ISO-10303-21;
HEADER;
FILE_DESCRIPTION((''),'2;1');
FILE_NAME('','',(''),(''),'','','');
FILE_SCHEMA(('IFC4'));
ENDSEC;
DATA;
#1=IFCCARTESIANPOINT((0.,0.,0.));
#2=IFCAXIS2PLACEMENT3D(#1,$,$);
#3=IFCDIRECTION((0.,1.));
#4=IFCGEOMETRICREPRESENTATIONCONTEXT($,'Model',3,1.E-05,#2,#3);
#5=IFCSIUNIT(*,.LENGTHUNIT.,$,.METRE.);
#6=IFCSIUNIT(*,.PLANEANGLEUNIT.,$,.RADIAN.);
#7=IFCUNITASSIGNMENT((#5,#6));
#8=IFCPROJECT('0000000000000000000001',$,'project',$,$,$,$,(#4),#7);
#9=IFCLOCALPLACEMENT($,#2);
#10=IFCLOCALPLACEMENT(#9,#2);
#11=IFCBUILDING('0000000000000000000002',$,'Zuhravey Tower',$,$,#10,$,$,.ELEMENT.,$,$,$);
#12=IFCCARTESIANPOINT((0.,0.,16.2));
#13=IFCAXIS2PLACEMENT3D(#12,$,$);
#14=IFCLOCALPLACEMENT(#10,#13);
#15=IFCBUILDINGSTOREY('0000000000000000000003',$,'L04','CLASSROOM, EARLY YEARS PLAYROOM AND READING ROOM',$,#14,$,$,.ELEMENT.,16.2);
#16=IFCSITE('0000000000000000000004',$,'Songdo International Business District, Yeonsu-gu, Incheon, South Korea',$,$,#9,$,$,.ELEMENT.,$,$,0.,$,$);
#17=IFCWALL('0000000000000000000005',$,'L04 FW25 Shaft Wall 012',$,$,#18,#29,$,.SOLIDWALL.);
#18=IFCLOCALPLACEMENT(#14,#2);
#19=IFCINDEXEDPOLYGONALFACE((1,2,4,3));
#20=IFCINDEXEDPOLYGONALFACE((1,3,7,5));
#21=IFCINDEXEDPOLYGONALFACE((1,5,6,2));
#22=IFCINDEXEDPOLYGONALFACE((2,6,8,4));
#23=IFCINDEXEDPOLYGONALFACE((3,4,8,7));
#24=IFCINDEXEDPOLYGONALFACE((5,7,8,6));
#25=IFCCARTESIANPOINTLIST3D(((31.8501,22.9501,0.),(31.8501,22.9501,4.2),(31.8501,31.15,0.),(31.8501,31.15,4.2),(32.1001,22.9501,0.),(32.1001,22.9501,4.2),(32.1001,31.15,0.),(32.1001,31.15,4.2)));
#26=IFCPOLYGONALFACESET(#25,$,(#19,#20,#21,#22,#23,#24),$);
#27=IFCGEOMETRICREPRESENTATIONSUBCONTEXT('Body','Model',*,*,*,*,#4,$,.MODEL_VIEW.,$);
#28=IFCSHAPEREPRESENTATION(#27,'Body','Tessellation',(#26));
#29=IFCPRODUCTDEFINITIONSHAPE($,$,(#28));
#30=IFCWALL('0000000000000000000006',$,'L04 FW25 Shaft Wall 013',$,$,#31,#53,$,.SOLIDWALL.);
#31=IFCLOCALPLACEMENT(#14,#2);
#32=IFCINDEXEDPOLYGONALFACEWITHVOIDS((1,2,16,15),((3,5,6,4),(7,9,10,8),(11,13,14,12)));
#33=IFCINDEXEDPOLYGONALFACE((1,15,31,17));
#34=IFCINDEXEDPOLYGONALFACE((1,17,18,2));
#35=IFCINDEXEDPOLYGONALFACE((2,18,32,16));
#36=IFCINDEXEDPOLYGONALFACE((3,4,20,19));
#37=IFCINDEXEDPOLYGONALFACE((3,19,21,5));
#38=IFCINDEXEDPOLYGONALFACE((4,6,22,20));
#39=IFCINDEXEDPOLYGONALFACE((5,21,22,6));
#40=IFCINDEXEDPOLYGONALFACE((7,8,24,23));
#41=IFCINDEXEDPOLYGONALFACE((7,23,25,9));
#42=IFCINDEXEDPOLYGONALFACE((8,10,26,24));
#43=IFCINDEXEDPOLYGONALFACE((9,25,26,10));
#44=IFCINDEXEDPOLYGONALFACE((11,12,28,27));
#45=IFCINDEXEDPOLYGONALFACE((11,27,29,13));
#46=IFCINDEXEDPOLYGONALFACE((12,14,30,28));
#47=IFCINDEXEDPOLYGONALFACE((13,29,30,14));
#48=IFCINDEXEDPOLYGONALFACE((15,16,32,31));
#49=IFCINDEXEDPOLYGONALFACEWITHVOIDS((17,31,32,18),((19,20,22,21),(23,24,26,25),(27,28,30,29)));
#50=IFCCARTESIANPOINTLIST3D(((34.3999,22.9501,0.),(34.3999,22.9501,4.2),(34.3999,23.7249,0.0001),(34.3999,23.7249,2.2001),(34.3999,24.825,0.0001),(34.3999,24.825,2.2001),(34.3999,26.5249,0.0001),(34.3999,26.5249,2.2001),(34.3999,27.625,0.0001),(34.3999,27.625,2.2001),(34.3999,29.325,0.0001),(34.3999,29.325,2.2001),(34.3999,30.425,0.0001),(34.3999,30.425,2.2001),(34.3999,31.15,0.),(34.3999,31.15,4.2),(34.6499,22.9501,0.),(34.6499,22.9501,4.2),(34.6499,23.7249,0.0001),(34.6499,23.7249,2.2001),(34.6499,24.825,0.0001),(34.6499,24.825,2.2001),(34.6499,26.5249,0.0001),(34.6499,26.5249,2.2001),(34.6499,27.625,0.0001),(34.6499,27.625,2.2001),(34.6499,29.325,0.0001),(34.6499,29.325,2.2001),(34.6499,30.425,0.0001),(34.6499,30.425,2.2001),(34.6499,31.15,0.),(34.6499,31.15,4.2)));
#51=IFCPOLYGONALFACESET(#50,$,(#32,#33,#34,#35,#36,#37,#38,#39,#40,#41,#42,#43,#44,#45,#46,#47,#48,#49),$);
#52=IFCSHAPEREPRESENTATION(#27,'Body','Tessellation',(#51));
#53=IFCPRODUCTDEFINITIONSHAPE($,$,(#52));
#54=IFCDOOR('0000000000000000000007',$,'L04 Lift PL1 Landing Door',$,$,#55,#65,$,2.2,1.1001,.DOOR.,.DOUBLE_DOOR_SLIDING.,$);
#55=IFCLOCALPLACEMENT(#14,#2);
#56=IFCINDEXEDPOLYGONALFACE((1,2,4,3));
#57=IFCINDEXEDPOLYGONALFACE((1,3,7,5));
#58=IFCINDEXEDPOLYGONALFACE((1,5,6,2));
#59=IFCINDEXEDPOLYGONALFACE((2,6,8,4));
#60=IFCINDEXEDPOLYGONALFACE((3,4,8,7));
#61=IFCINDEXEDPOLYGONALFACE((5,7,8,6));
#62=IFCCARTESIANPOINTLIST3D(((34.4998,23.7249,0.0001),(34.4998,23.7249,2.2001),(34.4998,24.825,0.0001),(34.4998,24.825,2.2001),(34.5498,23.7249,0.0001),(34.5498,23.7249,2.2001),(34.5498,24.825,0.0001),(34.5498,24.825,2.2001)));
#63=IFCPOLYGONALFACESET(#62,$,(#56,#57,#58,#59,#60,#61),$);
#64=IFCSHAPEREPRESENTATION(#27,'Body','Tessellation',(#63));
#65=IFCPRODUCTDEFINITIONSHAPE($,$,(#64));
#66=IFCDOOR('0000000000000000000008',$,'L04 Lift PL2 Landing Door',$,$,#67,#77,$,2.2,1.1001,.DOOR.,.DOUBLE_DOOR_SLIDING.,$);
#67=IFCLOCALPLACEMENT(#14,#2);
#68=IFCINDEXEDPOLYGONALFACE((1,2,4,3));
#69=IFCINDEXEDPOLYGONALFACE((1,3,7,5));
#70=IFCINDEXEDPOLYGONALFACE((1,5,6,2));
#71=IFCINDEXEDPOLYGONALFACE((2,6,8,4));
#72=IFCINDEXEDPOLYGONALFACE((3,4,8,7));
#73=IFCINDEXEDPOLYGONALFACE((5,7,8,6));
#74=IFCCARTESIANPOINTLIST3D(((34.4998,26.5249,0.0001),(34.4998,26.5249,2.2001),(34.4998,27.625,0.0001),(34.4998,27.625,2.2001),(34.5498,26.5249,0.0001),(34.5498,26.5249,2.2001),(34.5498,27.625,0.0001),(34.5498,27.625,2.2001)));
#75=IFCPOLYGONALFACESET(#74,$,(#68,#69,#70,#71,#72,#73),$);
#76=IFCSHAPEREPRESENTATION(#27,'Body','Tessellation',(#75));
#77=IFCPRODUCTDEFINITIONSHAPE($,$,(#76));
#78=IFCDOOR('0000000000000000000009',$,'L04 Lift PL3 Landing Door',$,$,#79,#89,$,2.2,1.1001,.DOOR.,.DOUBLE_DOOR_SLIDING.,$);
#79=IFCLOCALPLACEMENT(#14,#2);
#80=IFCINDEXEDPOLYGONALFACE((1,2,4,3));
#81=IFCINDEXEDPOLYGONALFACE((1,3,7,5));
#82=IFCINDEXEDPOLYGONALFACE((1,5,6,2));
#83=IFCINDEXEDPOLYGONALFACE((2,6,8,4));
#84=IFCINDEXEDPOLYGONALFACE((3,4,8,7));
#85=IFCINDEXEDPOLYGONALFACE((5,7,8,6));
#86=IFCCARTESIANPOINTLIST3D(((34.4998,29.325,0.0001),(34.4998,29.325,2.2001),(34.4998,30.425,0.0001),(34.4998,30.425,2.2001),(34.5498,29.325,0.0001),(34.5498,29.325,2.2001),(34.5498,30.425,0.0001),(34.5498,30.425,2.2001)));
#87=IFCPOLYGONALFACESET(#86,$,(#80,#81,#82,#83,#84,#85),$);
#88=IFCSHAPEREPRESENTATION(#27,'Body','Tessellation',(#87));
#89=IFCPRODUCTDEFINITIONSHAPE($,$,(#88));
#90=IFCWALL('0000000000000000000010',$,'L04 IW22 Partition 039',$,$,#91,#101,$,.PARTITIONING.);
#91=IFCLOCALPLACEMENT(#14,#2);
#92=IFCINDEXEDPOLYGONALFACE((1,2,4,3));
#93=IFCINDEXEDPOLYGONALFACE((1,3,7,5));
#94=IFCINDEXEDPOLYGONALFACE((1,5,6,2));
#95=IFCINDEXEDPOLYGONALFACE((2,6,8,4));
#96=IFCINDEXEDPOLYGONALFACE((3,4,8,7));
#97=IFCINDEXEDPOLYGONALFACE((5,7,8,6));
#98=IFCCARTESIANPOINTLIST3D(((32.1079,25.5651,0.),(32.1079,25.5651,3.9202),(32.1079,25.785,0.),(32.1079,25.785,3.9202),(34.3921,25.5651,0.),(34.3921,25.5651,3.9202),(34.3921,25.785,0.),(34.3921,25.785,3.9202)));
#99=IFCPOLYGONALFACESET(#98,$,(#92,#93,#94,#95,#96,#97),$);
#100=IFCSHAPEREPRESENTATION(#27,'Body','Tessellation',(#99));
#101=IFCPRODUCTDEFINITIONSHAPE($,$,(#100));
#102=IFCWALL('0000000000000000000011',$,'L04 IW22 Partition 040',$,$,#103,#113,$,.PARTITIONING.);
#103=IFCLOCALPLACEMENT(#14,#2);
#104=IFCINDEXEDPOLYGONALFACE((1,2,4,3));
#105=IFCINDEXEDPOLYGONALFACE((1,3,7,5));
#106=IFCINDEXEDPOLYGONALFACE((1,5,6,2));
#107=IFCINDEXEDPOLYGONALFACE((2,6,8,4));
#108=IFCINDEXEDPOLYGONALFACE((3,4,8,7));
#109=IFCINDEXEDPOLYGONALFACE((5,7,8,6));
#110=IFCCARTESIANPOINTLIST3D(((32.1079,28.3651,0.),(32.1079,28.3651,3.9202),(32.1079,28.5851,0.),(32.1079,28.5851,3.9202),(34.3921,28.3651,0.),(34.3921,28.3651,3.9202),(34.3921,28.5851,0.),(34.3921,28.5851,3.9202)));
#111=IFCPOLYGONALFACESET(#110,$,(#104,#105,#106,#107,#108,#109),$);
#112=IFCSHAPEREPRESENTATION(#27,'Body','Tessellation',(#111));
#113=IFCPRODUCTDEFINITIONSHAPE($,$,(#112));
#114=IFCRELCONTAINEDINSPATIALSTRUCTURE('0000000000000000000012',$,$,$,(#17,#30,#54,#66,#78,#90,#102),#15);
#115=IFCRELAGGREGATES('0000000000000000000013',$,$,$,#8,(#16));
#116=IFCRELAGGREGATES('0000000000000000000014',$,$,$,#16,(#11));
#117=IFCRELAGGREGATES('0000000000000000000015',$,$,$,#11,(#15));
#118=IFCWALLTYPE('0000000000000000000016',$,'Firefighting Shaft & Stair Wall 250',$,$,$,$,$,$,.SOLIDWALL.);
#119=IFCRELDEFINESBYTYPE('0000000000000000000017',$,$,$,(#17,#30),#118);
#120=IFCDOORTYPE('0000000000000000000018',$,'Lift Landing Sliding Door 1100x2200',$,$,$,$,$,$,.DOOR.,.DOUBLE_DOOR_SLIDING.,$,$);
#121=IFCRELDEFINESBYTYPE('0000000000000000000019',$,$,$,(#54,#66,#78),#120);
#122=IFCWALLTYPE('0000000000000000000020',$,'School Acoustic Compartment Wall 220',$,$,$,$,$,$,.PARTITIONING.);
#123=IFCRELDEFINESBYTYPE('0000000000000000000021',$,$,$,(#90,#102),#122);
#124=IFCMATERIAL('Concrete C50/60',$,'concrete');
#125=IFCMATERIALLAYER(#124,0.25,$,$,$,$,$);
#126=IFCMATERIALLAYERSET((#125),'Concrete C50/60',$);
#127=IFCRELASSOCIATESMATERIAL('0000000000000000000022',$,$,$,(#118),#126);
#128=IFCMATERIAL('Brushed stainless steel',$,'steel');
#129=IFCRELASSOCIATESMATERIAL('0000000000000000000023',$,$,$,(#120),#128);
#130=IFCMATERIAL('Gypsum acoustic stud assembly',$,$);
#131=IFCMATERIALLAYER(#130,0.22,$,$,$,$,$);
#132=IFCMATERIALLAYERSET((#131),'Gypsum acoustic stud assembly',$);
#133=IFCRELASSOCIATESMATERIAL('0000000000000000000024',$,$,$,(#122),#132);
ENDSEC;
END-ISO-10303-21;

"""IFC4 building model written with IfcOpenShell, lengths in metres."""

from ifc_helpers import new_model, si_unit, direction, frame, frame_2d, origin, place, context, subcontext, project, spatial, rectangle, extrude, material, layer, layer_set, type_object, element, fill, save


model = new_model("IFC4")

# Units and contexts
model_context = context("Model", 3, precision=1e-05, world=origin(), true_north=direction((0.0, 1.0)))
body_context = subcontext(model_context, "Body", "Model", "MODEL_VIEW")
ifc_project = project(units=[si_unit("LENGTHUNIT", "METRE"), si_unit("PLANEANGLEUNIT", "RADIAN")], contexts=[model_context])

# Site, building, storey
site_placement = place(None, origin())
site = spatial("IfcSite", under=ifc_project, at=site_placement, Name="Songdo International Business District, Yeonsu-gu, Incheon, South Korea", CompositionType="ELEMENT", RefElevation=0.0)
building_placement = place(site_placement, origin())
building = spatial("IfcBuilding", under=site, at=building_placement, Name="Zuhravey Tower", CompositionType="ELEMENT")
storey_placement = place(building_placement, frame((0.0, 0.0, 16.2)))
storey = spatial("IfcBuildingStorey", under=building, at=storey_placement, Name="L04", Description="CLASSROOM, EARLY YEARS PLAYROOM AND READING ROOM", CompositionType="ELEMENT", Elevation=16.2)

# Shared definitions
ifc_material_1 = material(Name="Concrete C50/60", Category="concrete")
ifc_layer_1 = layer(ifc_material_1, 0.25)
ifc_layer_set_1 = layer_set([ifc_layer_1], Name="Concrete C50/60")
wall_type_1 = type_object("IfcWallType", Name="Firefighting Shaft & Stair Wall 250", PredefinedType="SOLIDWALL", material=ifc_layer_set_1)

# Shared definitions
ifc_material_2 = material(Name="Brushed stainless steel", Category="steel")

# Wall
wall_1_placement = place(storey_placement, frame((31.9751, 22.95, 0.0), z_axis=(0.0, 0.0, 1.0), x_axis=(0.0, 1.0, 0.0)))
element("IfcWall", 1, at=wall_1_placement, inside=storey, type_object=wall_type_1, Name="L04 FW25 Shaft Wall 012", PredefinedType="SOLIDWALL", context=body_context, shape_type="SweptSolid", body=[
    extrude(rectangle(XDim=8.2, YDim=0.25, at=frame_2d((4.1001, 0.0))), origin(), (0.0, 0.0, 1.0), 4.2),
])

# Wall, openings, doors
wall_2_placement = place(storey_placement, frame((34.5249, 22.95, 0.0), z_axis=(0.0, 0.0, 1.0), x_axis=(0.0, 1.0, 0.0)))
wall_2 = element("IfcWall", 2, at=wall_2_placement, inside=storey, type_object=wall_type_1, Name="L04 FW25 Shaft Wall 013", PredefinedType="SOLIDWALL", context=body_context, shape_type="SweptSolid", body=[
    extrude(rectangle(XDim=8.2, YDim=0.25, at=frame_2d((4.1001, 0.0))), origin(), (0.0, 0.0, 1.0), 4.2),
])
opening_1_placement = place(wall_2_placement, frame((0.7749, 0.0, 0.0)))
opening_1 = element("IfcOpeningElement", 3, at=opening_1_placement, cuts=wall_2, PredefinedType="OPENING", context=body_context, shape_type="SweptSolid", body=[
    extrude(rectangle(XDim=1.1001, YDim=2.2, at=frame_2d((0.55, 1.1001))), frame((0.0, 0.137, 0.0), z_axis=(0.0, -1.0, 0.0), x_axis=(1.0, 0.0, 0.0)), (0.0, 0.0, 1.0), 0.2739),
])
opening_2_placement = place(wall_2_placement, frame((3.575, 0.0, 0.0)))
opening_2 = element("IfcOpeningElement", 4, at=opening_2_placement, cuts=wall_2, PredefinedType="OPENING", context=body_context, shape_type="SweptSolid", body=[
    extrude(rectangle(XDim=1.1001, YDim=2.2, at=frame_2d((0.55, 1.1001))), frame((0.0, 0.137, 0.0), z_axis=(0.0, -1.0, 0.0), x_axis=(1.0, 0.0, 0.0)), (0.0, 0.0, 1.0), 0.2739),
])
opening_3_placement = place(wall_2_placement, frame((6.375, 0.0, 0.0)))
opening_3 = element("IfcOpeningElement", 5, at=opening_3_placement, cuts=wall_2, PredefinedType="OPENING", context=body_context, shape_type="SweptSolid", body=[
    extrude(rectangle(XDim=1.1001, YDim=2.2, at=frame_2d((0.55, 1.1001))), frame((0.0, 0.137, 0.0), z_axis=(0.0, -1.0, 0.0), x_axis=(1.0, 0.0, 0.0)), (0.0, 0.0, 1.0), 0.2739),
])
door_type_1 = type_object("IfcDoorType", Name="Lift Landing Sliding Door 1100x2200", OperationType="DOUBLE_DOOR_SLIDING", PredefinedType="DOOR", material=ifc_material_2)
door_1_placement = place(opening_1_placement, frame((1.1001, 0.0, 0.0), z_axis=(0.0, 0.0, 1.0), x_axis=(-1.0, 0.0, 0.0)))
door_1 = element("IfcDoor", 6, at=door_1_placement, inside=storey, type_object=door_type_1, Name="L04 Lift PL1 Landing Door", OperationType="DOUBLE_DOOR_SLIDING", OverallHeight=2.2, OverallWidth=1.1001, PredefinedType="DOOR", context=body_context, shape_type="SweptSolid", body=[
    extrude(rectangle(XDim=1.1001, YDim=2.2, at=frame_2d((0.55, 1.1001))), frame((0.0, 0.0249, 0.0), z_axis=(0.0, -1.0, 0.0), x_axis=(1.0, 0.0, 0.0)), (0.0, 0.0, 1.0), 0.05),
])
fill(opening_1, door_1)
door_2_placement = place(opening_2_placement, frame((1.1001, 0.0, 0.0), z_axis=(0.0, 0.0, 1.0), x_axis=(-1.0, 0.0, 0.0)))
door_2 = element("IfcDoor", 7, at=door_2_placement, inside=storey, type_object=door_type_1, Name="L04 Lift PL2 Landing Door", OperationType="DOUBLE_DOOR_SLIDING", OverallHeight=2.2, OverallWidth=1.1001, PredefinedType="DOOR", context=body_context, shape_type="SweptSolid", body=[
    extrude(rectangle(XDim=1.1001, YDim=2.2, at=frame_2d((0.55, 1.1001))), frame((0.0, 0.0249, 0.0), z_axis=(0.0, -1.0, 0.0), x_axis=(1.0, 0.0, 0.0)), (0.0, 0.0, 1.0), 0.05),
])
fill(opening_2, door_2)
door_3_placement = place(opening_3_placement, frame((1.1001, 0.0, 0.0), z_axis=(0.0, 0.0, 1.0), x_axis=(-1.0, 0.0, 0.0)))
door_3 = element("IfcDoor", 8, at=door_3_placement, inside=storey, type_object=door_type_1, Name="L04 Lift PL3 Landing Door", OperationType="DOUBLE_DOOR_SLIDING", OverallHeight=2.2, OverallWidth=1.1001, PredefinedType="DOOR", context=body_context, shape_type="SweptSolid", body=[
    extrude(rectangle(XDim=1.1001, YDim=2.2, at=frame_2d((0.55, 1.1001))), frame((0.0, 0.0249, 0.0), z_axis=(0.0, -1.0, 0.0), x_axis=(1.0, 0.0, 0.0)), (0.0, 0.0, 1.0), 0.05),
])
fill(opening_3, door_3)

# Walls
ifc_material_3 = material(Name="Gypsum acoustic stud assembly")
ifc_layer_2 = layer(ifc_material_3, 0.22)
ifc_layer_set_2 = layer_set([ifc_layer_2], Name="Gypsum acoustic stud assembly")
wall_type_2 = type_object("IfcWallType", Name="School Acoustic Compartment Wall 220", PredefinedType="PARTITIONING", material=ifc_layer_set_2)
for number, where, z_axis, x_axis, name in (
    (9, (32.1079, 25.675, 0.0), (0.0, 0.0, 1.0), (1.0, 0.0, 0.0), "L04 IW22 Partition 039"),
    (10, (32.1079, 28.4751, 0.0), (0.0, 0.0, 1.0), (1.0, 0.0, 0.0), "L04 IW22 Partition 040"),
):
    element("IfcWall", number, at=place(storey_placement, frame(where, z_axis=z_axis, x_axis=x_axis)), inside=storey, type_object=wall_type_2, Name=name, PredefinedType="PARTITIONING", context=body_context, shape_type="SweptSolid", body=[
        extrude(rectangle(XDim=2.2842, YDim=0.22, at=frame_2d((1.1421, 0.0))), origin(), (0.0, 0.0, 1.0), 3.9202),
    ])

save(model, "model.ifc")
